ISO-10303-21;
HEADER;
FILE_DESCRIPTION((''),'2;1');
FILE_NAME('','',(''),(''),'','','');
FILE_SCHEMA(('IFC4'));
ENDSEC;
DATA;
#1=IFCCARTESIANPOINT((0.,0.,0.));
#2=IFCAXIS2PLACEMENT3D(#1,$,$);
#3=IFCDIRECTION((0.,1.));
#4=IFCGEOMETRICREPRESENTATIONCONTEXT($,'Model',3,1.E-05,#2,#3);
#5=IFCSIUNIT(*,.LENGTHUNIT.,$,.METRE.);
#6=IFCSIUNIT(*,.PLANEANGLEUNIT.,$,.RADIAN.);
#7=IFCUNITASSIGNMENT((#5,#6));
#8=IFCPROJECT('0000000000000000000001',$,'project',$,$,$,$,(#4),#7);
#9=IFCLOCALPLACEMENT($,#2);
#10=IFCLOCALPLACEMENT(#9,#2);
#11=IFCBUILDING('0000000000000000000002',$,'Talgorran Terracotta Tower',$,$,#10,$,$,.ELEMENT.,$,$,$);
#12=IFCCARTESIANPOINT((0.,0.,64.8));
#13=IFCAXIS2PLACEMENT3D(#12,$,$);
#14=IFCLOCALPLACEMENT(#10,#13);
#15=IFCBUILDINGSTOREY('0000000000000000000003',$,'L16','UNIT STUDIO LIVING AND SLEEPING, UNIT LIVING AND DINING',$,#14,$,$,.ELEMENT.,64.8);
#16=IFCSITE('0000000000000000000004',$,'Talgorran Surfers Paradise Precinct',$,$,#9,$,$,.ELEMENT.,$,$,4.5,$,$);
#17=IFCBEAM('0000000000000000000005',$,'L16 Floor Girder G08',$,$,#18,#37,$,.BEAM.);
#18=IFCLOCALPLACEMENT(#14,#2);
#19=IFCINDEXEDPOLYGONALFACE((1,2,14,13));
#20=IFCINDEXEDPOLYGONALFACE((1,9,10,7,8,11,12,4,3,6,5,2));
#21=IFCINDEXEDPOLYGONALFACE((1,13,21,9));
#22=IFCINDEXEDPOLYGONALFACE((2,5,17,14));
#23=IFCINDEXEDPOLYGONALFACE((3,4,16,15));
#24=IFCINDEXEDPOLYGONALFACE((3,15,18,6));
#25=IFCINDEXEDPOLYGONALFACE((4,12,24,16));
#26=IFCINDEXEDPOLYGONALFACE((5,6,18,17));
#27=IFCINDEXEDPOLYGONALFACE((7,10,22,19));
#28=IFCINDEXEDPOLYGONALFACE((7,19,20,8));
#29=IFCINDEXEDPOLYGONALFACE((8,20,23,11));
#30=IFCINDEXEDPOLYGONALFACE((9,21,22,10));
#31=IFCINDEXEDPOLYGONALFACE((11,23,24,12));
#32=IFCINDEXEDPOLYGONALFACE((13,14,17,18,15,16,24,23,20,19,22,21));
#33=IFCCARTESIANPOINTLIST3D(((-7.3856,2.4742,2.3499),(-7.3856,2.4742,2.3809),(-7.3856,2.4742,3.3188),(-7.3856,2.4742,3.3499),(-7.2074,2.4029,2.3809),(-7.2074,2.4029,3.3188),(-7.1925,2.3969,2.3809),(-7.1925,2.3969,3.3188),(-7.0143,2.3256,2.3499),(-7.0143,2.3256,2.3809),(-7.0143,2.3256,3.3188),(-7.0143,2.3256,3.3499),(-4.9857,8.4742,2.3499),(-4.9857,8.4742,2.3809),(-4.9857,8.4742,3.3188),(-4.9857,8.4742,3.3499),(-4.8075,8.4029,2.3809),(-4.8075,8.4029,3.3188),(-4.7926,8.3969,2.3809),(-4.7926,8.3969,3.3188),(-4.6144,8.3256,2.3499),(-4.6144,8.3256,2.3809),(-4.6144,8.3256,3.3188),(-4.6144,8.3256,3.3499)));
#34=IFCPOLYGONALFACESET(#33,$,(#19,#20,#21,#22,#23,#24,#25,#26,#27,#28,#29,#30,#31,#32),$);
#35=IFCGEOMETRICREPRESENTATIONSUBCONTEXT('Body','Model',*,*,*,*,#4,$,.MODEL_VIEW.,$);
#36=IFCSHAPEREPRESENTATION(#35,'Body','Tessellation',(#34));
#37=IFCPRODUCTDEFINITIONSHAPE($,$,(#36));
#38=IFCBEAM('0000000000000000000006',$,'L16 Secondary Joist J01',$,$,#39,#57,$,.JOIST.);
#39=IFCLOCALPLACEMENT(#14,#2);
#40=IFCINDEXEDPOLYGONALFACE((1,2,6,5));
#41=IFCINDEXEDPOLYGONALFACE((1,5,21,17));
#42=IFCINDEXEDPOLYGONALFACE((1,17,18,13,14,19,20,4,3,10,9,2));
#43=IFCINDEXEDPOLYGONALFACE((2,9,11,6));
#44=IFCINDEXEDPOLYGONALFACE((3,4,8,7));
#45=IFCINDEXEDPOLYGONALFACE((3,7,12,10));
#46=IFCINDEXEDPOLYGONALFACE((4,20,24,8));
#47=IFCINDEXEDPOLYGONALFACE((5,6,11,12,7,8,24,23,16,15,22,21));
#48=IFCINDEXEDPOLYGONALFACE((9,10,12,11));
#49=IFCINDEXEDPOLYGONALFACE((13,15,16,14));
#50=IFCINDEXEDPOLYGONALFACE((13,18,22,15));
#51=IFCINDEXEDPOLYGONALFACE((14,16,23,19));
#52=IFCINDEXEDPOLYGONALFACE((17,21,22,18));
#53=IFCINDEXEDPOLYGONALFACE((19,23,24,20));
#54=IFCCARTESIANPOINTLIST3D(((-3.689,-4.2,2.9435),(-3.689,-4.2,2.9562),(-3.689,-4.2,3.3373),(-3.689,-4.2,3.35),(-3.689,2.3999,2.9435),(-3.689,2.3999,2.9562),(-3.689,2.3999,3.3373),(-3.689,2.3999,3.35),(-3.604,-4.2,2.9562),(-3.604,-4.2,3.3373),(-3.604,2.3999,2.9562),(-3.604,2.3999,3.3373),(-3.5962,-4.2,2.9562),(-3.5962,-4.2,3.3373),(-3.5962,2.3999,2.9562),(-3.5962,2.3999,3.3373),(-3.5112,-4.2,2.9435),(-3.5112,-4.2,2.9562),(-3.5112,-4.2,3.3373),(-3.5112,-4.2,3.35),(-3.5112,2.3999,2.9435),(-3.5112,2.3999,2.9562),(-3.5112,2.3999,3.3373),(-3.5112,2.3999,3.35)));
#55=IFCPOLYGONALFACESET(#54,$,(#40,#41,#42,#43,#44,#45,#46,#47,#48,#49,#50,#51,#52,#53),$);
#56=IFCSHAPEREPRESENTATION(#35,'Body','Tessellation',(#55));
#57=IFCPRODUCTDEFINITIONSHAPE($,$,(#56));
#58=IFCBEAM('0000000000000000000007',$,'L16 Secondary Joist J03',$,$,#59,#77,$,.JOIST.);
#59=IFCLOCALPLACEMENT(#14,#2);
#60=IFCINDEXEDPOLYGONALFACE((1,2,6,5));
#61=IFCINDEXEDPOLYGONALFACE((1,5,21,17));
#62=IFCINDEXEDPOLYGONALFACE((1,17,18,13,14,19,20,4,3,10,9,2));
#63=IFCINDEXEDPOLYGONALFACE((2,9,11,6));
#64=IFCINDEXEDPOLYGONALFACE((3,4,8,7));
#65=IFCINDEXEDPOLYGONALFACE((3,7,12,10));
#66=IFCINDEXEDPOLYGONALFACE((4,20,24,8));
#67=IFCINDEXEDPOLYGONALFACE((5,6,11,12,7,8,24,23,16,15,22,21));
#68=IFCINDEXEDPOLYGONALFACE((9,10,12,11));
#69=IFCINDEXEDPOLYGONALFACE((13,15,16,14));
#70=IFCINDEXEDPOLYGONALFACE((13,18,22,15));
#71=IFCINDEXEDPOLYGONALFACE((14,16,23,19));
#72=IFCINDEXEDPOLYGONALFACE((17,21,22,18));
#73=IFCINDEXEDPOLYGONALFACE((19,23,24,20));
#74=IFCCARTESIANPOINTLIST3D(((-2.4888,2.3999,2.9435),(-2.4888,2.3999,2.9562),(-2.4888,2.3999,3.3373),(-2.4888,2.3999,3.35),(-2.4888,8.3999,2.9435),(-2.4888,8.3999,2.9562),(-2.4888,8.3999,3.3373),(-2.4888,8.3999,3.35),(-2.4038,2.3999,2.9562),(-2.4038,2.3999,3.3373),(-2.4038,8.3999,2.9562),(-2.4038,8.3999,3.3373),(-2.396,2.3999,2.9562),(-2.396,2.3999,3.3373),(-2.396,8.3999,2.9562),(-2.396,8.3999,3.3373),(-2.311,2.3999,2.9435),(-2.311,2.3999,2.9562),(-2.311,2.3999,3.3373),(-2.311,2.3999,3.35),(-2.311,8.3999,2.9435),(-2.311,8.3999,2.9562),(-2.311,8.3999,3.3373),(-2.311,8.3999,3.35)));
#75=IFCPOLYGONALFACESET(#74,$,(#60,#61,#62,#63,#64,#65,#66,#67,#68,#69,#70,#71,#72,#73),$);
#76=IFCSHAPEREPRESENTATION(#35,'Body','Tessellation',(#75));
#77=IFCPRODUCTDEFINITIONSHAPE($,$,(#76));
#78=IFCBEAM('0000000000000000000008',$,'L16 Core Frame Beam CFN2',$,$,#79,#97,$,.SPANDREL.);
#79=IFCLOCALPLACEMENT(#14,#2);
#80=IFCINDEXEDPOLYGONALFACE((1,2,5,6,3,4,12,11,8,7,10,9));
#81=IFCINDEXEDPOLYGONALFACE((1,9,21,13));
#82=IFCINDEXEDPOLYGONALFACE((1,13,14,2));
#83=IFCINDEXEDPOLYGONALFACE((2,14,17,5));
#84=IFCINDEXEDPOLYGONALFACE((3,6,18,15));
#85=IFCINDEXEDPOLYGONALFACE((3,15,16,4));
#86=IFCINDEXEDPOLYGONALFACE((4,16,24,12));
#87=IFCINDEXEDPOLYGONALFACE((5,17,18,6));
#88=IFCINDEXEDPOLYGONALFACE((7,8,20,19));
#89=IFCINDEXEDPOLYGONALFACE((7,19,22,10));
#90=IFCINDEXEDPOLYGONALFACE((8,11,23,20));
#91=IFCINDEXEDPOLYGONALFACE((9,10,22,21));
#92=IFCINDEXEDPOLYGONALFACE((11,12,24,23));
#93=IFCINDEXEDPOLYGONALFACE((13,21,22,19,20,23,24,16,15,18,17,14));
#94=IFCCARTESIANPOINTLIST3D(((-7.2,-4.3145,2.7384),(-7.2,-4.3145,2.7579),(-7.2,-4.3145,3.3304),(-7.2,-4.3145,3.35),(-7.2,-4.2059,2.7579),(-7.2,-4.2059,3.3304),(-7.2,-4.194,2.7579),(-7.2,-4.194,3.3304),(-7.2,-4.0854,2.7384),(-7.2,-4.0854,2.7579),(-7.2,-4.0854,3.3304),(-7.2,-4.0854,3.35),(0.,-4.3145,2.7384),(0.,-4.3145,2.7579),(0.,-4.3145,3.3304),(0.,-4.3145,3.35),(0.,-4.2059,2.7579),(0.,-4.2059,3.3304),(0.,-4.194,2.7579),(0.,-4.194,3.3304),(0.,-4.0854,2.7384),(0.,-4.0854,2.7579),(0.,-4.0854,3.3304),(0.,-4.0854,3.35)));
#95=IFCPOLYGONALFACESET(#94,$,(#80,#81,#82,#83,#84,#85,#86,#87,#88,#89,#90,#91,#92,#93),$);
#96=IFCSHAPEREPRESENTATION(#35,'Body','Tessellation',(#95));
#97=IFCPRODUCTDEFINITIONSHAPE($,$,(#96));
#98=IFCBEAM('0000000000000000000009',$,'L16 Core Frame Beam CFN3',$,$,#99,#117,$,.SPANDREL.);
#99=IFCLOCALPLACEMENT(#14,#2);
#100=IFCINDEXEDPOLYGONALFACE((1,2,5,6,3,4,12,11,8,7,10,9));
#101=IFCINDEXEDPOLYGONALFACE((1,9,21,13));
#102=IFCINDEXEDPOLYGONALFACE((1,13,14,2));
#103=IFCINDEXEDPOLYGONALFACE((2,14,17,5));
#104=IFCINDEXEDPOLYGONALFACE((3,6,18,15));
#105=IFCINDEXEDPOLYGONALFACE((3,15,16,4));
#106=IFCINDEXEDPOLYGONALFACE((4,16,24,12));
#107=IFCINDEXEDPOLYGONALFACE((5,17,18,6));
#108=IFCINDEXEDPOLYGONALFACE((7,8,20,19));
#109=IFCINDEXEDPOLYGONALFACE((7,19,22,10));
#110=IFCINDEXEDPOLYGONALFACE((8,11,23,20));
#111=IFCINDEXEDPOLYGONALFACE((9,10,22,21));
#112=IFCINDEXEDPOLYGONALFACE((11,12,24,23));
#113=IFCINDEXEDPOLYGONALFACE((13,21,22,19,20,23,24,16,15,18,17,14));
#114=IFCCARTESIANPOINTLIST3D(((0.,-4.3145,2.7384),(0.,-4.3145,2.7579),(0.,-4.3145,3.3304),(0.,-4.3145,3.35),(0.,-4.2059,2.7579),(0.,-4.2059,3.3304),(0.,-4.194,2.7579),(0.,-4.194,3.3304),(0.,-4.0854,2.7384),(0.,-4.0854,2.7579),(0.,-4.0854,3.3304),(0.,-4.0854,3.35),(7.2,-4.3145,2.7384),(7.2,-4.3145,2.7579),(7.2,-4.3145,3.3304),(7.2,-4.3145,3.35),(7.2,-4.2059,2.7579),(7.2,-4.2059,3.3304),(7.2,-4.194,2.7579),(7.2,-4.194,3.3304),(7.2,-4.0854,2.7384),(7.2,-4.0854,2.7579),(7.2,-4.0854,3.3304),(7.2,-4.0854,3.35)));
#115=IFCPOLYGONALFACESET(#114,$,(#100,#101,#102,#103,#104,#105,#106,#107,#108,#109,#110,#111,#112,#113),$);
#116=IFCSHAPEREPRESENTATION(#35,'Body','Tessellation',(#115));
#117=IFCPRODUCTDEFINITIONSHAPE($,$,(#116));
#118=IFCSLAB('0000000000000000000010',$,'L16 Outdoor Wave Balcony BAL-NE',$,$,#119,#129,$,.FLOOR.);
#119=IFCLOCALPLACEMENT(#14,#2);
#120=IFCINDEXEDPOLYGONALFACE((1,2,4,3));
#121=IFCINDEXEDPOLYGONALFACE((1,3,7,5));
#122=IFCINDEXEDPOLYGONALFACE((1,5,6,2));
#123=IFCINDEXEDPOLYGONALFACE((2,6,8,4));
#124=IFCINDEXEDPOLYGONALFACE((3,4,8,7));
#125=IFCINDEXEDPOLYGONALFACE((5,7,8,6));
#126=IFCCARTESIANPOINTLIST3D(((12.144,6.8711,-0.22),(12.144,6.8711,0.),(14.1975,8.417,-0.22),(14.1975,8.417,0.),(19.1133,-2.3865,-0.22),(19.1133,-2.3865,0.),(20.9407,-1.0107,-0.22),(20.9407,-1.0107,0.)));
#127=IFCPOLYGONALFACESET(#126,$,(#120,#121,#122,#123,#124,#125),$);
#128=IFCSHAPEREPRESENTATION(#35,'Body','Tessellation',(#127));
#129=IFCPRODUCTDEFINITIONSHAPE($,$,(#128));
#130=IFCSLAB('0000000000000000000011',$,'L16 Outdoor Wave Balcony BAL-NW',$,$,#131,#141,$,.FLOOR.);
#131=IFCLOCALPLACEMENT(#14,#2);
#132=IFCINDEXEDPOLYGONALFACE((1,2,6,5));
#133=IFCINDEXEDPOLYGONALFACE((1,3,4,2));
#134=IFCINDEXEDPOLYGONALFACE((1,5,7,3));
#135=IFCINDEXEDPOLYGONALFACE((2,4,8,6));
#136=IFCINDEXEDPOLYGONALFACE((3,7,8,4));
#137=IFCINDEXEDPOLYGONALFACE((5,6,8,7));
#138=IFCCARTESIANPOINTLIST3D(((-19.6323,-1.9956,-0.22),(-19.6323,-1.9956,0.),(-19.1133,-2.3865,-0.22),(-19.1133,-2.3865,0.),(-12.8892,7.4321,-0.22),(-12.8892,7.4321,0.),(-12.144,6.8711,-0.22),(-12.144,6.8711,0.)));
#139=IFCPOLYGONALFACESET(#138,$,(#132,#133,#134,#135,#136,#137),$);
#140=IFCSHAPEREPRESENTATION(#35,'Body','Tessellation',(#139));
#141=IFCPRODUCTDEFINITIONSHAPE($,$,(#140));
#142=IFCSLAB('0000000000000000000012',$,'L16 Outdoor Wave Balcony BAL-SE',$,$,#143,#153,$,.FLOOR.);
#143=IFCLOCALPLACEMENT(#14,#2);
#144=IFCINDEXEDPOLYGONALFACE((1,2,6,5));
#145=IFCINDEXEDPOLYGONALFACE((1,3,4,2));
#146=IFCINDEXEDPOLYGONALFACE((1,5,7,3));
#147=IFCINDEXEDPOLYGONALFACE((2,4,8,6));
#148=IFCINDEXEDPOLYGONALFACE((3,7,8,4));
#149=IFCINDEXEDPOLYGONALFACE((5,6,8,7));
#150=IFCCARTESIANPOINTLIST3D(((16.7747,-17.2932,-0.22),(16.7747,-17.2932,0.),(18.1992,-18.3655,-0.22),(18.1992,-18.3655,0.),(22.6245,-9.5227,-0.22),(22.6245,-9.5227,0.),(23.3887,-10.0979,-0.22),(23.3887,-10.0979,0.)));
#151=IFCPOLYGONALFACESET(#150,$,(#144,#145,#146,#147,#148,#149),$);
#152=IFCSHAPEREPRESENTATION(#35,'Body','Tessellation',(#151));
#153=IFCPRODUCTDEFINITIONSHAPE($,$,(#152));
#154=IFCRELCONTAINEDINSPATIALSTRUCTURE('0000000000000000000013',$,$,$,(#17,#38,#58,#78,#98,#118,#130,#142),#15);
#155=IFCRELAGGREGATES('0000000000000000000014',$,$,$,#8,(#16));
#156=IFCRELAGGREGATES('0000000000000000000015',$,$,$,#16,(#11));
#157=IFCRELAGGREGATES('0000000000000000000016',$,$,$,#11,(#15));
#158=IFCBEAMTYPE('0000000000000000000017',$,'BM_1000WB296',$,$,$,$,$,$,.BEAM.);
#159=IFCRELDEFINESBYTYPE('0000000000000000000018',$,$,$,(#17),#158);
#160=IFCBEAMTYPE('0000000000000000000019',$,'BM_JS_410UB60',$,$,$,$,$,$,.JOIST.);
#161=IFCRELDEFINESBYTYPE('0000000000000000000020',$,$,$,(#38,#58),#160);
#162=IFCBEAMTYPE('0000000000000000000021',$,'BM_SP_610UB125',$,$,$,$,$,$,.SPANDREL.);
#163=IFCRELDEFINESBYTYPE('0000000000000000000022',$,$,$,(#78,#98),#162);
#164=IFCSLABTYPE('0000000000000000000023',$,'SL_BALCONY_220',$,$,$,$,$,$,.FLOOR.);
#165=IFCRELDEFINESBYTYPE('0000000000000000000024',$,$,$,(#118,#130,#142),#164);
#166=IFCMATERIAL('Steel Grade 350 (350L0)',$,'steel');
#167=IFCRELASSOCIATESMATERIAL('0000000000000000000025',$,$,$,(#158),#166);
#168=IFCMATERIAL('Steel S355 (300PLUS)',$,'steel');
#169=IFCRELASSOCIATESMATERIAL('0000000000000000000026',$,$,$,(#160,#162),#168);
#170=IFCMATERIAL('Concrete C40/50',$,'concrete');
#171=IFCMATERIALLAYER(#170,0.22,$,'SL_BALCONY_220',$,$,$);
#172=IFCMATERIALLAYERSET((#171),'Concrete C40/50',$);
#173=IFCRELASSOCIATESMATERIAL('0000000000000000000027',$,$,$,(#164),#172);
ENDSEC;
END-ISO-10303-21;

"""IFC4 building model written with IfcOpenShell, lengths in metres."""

from ifc_helpers import new_model, si_unit, direction, frame, origin, origin_2d, place, context, subcontext, project, spatial, polyline, i_section, outline, extrude, material, layer, layer_set, material_profile, profile_set, type_object, element, save


model = new_model("IFC4")

# Units and contexts
model_context = context("Model", 3, precision=1e-05, world=origin(), true_north=direction((0.0, 1.0)))
body_context = subcontext(model_context, "Body", "Model", "MODEL_VIEW")
ifc_project = project(units=[si_unit("LENGTHUNIT", "METRE"), si_unit("PLANEANGLEUNIT", "RADIAN")], contexts=[model_context])

# Site, building, storey
site_placement = place(None, origin())
site = spatial("IfcSite", under=ifc_project, at=site_placement, Name="Talgorran Surfers Paradise Precinct", CompositionType="ELEMENT", RefElevation=4.5)
building_placement = place(site_placement, origin())
building = spatial("IfcBuilding", under=site, at=building_placement, Name="Talgorran Terracotta Tower", CompositionType="ELEMENT")
storey_placement = place(building_placement, frame((0.0, 0.0, 64.8)))
storey = spatial("IfcBuildingStorey", under=building, at=storey_placement, Name="L16", Description="UNIT STUDIO LIVING AND SLEEPING, UNIT LIVING AND DINING", CompositionType="ELEMENT", Elevation=64.8)

# Shared definitions
ifc_material_1 = material(Name="Steel S355 (300PLUS)", Category="steel")

# Beams
ifc_material_2 = material(Name="Steel Grade 350 (350L0)", Category="steel")
ifc_material_profile_1 = material_profile(ifc_material_2, i_section(OverallWidth=0.3999, OverallDepth=1.0, WebThickness=0.0161, FlangeThickness=0.031, at=origin_2d()), Name="1000WB296")
ifc_profile_set_1 = profile_set([ifc_material_profile_1], Name="Steel Grade 350 (350L0)")
beam_type_1 = type_object("IfcBeamType", Name="BM_1000WB296", PredefinedType="BEAM", material=ifc_profile_set_1)
beam_1_placement = place(storey_placement, frame((-7.2, 2.3999, 2.8499), z_axis=(0.371378, 0.928482, 0.0), x_axis=(-0.928482, 0.371378, 0.0)))
element("IfcBeam", 1, at=beam_1_placement, inside=storey, type_object=beam_type_1, Name="L16 Floor Girder G08", PredefinedType="BEAM", context=body_context, shape_type="SweptSolid", body=[
    extrude(i_section(OverallWidth=0.3999, OverallDepth=1.0, WebThickness=0.0161, FlangeThickness=0.031, at=origin_2d()), origin(), (0.0, 0.0, 1.0), 6.4622),
])
ifc_material_profile_2 = material_profile(ifc_material_1, i_section(OverallWidth=0.1777, OverallDepth=0.4065, WebThickness=0.0078, FlangeThickness=0.0127, at=origin_2d()), Name="410UB59.7")
ifc_profile_set_2 = profile_set([ifc_material_profile_2], Name="Steel S355 (300PLUS)")
beam_type_2 = type_object("IfcBeamType", Name="BM_JS_410UB60", PredefinedType="JOIST", material=ifc_profile_set_2)
beam_2_placement = place(storey_placement, frame((-3.6001, -4.2, 3.1467), z_axis=(0.0, 1.0, 0.0), x_axis=(-1.0, 0.0, 0.0)))
element("IfcBeam", 2, at=beam_2_placement, inside=storey, type_object=beam_type_2, Name="L16 Secondary Joist J01", PredefinedType="JOIST", context=body_context, shape_type="SweptSolid", body=[
    extrude(i_section(OverallWidth=0.1777, OverallDepth=0.4065, WebThickness=0.0078, FlangeThickness=0.0127, at=origin_2d()), origin(), (0.0, 0.0, 1.0), 6.5999),
])
beam_3_placement = place(storey_placement, frame((-2.3999, 2.3999, 3.1467), z_axis=(0.0, 1.0, 0.0), x_axis=(-1.0, 0.0, 0.0)))
element("IfcBeam", 3, at=beam_3_placement, inside=storey, type_object=beam_type_2, Name="L16 Secondary Joist J03", PredefinedType="JOIST", context=body_context, shape_type="SweptSolid", body=[
    extrude(i_section(OverallWidth=0.1777, OverallDepth=0.4065, WebThickness=0.0078, FlangeThickness=0.0127, at=origin_2d()), origin(), (0.0, 0.0, 1.0), 6.0),
])
ifc_material_profile_3 = material_profile(ifc_material_1, i_section(OverallWidth=0.229, OverallDepth=0.6116, WebThickness=0.012, FlangeThickness=0.0195, at=origin_2d()), Name="610UB125")
ifc_profile_set_3 = profile_set([ifc_material_profile_3], Name="Steel S355 (300PLUS)")
beam_type_3 = type_object("IfcBeamType", Name="BM_SP_610UB125", PredefinedType="SPANDREL", material=ifc_profile_set_3)
for number, where, z_axis, x_axis, name in (
    (4, (-7.2, -4.2, 3.0442), (1.0, 0.0, 0.0), (0.0, 1.0, 0.0), "L16 Core Frame Beam CFN2"),
    (5, (0.0, -4.2, 3.0442), (1.0, 0.0, 0.0), (0.0, 1.0, 0.0), "L16 Core Frame Beam CFN3"),
):
    element("IfcBeam", number, at=place(storey_placement, frame(where, z_axis=z_axis, x_axis=x_axis)), inside=storey, type_object=beam_type_3, Name=name, PredefinedType="SPANDREL", context=body_context, shape_type="SweptSolid", body=[
        extrude(i_section(OverallWidth=0.229, OverallDepth=0.6116, WebThickness=0.012, FlangeThickness=0.0195, at=origin_2d()), origin(), (0.0, 0.0, 1.0), 7.2),
    ])

# Slabs
ifc_material_3 = material(Name="Concrete C40/50", Category="concrete")
ifc_layer_1 = layer(ifc_material_3, 0.22, Name="SL_BALCONY_220")
ifc_layer_set_1 = layer_set([ifc_layer_1], Name="Concrete C40/50")
slab_type_1 = type_object("IfcSlabType", Name="SL_BALCONY_220", PredefinedType="FLOOR", material=ifc_layer_set_1)
slab_1_placement = place(storey_placement, frame((0.0, 0.0, -0.22)))
element("IfcSlab", 6, at=slab_1_placement, inside=storey, type_object=slab_type_1, Name="L16 Outdoor Wave Balcony BAL-NE", PredefinedType="FLOOR", context=body_context, shape_type="SweptSolid", body=[
    extrude(outline(polyline([(12.144, 6.8711), (19.1133, -2.3865), (20.9407, -1.0107), (14.1975, 8.417), (12.144, 6.8711)])), origin(), (0.0, 0.0, 1.0), 0.22),
])
slab_2_placement = place(storey_placement, frame((0.0, 0.0, -0.22)))
element("IfcSlab", 7, at=slab_2_placement, inside=storey, type_object=slab_type_1, Name="L16 Outdoor Wave Balcony BAL-NW", PredefinedType="FLOOR", context=body_context, shape_type="SweptSolid", body=[
    extrude(outline(polyline([(-19.1133, -2.3865), (-12.144, 6.8711), (-12.8892, 7.4321), (-19.6323, -1.9956), (-19.1133, -2.3865)])), origin(), (0.0, 0.0, 1.0), 0.22),
])
slab_3_placement = place(storey_placement, frame((0.0, 0.0, -0.22)))
element("IfcSlab", 8, at=slab_3_placement, inside=storey, type_object=slab_type_1, Name="L16 Outdoor Wave Balcony BAL-SE", PredefinedType="FLOOR", context=body_context, shape_type="SweptSolid", body=[
    extrude(outline(polyline([(22.6245, -9.5227), (16.7747, -17.2932), (18.1992, -18.3655), (23.3887, -10.0979), (22.6245, -9.5227)])), origin(), (0.0, 0.0, 1.0), 0.22),
])

save(model, "model.ifc")
